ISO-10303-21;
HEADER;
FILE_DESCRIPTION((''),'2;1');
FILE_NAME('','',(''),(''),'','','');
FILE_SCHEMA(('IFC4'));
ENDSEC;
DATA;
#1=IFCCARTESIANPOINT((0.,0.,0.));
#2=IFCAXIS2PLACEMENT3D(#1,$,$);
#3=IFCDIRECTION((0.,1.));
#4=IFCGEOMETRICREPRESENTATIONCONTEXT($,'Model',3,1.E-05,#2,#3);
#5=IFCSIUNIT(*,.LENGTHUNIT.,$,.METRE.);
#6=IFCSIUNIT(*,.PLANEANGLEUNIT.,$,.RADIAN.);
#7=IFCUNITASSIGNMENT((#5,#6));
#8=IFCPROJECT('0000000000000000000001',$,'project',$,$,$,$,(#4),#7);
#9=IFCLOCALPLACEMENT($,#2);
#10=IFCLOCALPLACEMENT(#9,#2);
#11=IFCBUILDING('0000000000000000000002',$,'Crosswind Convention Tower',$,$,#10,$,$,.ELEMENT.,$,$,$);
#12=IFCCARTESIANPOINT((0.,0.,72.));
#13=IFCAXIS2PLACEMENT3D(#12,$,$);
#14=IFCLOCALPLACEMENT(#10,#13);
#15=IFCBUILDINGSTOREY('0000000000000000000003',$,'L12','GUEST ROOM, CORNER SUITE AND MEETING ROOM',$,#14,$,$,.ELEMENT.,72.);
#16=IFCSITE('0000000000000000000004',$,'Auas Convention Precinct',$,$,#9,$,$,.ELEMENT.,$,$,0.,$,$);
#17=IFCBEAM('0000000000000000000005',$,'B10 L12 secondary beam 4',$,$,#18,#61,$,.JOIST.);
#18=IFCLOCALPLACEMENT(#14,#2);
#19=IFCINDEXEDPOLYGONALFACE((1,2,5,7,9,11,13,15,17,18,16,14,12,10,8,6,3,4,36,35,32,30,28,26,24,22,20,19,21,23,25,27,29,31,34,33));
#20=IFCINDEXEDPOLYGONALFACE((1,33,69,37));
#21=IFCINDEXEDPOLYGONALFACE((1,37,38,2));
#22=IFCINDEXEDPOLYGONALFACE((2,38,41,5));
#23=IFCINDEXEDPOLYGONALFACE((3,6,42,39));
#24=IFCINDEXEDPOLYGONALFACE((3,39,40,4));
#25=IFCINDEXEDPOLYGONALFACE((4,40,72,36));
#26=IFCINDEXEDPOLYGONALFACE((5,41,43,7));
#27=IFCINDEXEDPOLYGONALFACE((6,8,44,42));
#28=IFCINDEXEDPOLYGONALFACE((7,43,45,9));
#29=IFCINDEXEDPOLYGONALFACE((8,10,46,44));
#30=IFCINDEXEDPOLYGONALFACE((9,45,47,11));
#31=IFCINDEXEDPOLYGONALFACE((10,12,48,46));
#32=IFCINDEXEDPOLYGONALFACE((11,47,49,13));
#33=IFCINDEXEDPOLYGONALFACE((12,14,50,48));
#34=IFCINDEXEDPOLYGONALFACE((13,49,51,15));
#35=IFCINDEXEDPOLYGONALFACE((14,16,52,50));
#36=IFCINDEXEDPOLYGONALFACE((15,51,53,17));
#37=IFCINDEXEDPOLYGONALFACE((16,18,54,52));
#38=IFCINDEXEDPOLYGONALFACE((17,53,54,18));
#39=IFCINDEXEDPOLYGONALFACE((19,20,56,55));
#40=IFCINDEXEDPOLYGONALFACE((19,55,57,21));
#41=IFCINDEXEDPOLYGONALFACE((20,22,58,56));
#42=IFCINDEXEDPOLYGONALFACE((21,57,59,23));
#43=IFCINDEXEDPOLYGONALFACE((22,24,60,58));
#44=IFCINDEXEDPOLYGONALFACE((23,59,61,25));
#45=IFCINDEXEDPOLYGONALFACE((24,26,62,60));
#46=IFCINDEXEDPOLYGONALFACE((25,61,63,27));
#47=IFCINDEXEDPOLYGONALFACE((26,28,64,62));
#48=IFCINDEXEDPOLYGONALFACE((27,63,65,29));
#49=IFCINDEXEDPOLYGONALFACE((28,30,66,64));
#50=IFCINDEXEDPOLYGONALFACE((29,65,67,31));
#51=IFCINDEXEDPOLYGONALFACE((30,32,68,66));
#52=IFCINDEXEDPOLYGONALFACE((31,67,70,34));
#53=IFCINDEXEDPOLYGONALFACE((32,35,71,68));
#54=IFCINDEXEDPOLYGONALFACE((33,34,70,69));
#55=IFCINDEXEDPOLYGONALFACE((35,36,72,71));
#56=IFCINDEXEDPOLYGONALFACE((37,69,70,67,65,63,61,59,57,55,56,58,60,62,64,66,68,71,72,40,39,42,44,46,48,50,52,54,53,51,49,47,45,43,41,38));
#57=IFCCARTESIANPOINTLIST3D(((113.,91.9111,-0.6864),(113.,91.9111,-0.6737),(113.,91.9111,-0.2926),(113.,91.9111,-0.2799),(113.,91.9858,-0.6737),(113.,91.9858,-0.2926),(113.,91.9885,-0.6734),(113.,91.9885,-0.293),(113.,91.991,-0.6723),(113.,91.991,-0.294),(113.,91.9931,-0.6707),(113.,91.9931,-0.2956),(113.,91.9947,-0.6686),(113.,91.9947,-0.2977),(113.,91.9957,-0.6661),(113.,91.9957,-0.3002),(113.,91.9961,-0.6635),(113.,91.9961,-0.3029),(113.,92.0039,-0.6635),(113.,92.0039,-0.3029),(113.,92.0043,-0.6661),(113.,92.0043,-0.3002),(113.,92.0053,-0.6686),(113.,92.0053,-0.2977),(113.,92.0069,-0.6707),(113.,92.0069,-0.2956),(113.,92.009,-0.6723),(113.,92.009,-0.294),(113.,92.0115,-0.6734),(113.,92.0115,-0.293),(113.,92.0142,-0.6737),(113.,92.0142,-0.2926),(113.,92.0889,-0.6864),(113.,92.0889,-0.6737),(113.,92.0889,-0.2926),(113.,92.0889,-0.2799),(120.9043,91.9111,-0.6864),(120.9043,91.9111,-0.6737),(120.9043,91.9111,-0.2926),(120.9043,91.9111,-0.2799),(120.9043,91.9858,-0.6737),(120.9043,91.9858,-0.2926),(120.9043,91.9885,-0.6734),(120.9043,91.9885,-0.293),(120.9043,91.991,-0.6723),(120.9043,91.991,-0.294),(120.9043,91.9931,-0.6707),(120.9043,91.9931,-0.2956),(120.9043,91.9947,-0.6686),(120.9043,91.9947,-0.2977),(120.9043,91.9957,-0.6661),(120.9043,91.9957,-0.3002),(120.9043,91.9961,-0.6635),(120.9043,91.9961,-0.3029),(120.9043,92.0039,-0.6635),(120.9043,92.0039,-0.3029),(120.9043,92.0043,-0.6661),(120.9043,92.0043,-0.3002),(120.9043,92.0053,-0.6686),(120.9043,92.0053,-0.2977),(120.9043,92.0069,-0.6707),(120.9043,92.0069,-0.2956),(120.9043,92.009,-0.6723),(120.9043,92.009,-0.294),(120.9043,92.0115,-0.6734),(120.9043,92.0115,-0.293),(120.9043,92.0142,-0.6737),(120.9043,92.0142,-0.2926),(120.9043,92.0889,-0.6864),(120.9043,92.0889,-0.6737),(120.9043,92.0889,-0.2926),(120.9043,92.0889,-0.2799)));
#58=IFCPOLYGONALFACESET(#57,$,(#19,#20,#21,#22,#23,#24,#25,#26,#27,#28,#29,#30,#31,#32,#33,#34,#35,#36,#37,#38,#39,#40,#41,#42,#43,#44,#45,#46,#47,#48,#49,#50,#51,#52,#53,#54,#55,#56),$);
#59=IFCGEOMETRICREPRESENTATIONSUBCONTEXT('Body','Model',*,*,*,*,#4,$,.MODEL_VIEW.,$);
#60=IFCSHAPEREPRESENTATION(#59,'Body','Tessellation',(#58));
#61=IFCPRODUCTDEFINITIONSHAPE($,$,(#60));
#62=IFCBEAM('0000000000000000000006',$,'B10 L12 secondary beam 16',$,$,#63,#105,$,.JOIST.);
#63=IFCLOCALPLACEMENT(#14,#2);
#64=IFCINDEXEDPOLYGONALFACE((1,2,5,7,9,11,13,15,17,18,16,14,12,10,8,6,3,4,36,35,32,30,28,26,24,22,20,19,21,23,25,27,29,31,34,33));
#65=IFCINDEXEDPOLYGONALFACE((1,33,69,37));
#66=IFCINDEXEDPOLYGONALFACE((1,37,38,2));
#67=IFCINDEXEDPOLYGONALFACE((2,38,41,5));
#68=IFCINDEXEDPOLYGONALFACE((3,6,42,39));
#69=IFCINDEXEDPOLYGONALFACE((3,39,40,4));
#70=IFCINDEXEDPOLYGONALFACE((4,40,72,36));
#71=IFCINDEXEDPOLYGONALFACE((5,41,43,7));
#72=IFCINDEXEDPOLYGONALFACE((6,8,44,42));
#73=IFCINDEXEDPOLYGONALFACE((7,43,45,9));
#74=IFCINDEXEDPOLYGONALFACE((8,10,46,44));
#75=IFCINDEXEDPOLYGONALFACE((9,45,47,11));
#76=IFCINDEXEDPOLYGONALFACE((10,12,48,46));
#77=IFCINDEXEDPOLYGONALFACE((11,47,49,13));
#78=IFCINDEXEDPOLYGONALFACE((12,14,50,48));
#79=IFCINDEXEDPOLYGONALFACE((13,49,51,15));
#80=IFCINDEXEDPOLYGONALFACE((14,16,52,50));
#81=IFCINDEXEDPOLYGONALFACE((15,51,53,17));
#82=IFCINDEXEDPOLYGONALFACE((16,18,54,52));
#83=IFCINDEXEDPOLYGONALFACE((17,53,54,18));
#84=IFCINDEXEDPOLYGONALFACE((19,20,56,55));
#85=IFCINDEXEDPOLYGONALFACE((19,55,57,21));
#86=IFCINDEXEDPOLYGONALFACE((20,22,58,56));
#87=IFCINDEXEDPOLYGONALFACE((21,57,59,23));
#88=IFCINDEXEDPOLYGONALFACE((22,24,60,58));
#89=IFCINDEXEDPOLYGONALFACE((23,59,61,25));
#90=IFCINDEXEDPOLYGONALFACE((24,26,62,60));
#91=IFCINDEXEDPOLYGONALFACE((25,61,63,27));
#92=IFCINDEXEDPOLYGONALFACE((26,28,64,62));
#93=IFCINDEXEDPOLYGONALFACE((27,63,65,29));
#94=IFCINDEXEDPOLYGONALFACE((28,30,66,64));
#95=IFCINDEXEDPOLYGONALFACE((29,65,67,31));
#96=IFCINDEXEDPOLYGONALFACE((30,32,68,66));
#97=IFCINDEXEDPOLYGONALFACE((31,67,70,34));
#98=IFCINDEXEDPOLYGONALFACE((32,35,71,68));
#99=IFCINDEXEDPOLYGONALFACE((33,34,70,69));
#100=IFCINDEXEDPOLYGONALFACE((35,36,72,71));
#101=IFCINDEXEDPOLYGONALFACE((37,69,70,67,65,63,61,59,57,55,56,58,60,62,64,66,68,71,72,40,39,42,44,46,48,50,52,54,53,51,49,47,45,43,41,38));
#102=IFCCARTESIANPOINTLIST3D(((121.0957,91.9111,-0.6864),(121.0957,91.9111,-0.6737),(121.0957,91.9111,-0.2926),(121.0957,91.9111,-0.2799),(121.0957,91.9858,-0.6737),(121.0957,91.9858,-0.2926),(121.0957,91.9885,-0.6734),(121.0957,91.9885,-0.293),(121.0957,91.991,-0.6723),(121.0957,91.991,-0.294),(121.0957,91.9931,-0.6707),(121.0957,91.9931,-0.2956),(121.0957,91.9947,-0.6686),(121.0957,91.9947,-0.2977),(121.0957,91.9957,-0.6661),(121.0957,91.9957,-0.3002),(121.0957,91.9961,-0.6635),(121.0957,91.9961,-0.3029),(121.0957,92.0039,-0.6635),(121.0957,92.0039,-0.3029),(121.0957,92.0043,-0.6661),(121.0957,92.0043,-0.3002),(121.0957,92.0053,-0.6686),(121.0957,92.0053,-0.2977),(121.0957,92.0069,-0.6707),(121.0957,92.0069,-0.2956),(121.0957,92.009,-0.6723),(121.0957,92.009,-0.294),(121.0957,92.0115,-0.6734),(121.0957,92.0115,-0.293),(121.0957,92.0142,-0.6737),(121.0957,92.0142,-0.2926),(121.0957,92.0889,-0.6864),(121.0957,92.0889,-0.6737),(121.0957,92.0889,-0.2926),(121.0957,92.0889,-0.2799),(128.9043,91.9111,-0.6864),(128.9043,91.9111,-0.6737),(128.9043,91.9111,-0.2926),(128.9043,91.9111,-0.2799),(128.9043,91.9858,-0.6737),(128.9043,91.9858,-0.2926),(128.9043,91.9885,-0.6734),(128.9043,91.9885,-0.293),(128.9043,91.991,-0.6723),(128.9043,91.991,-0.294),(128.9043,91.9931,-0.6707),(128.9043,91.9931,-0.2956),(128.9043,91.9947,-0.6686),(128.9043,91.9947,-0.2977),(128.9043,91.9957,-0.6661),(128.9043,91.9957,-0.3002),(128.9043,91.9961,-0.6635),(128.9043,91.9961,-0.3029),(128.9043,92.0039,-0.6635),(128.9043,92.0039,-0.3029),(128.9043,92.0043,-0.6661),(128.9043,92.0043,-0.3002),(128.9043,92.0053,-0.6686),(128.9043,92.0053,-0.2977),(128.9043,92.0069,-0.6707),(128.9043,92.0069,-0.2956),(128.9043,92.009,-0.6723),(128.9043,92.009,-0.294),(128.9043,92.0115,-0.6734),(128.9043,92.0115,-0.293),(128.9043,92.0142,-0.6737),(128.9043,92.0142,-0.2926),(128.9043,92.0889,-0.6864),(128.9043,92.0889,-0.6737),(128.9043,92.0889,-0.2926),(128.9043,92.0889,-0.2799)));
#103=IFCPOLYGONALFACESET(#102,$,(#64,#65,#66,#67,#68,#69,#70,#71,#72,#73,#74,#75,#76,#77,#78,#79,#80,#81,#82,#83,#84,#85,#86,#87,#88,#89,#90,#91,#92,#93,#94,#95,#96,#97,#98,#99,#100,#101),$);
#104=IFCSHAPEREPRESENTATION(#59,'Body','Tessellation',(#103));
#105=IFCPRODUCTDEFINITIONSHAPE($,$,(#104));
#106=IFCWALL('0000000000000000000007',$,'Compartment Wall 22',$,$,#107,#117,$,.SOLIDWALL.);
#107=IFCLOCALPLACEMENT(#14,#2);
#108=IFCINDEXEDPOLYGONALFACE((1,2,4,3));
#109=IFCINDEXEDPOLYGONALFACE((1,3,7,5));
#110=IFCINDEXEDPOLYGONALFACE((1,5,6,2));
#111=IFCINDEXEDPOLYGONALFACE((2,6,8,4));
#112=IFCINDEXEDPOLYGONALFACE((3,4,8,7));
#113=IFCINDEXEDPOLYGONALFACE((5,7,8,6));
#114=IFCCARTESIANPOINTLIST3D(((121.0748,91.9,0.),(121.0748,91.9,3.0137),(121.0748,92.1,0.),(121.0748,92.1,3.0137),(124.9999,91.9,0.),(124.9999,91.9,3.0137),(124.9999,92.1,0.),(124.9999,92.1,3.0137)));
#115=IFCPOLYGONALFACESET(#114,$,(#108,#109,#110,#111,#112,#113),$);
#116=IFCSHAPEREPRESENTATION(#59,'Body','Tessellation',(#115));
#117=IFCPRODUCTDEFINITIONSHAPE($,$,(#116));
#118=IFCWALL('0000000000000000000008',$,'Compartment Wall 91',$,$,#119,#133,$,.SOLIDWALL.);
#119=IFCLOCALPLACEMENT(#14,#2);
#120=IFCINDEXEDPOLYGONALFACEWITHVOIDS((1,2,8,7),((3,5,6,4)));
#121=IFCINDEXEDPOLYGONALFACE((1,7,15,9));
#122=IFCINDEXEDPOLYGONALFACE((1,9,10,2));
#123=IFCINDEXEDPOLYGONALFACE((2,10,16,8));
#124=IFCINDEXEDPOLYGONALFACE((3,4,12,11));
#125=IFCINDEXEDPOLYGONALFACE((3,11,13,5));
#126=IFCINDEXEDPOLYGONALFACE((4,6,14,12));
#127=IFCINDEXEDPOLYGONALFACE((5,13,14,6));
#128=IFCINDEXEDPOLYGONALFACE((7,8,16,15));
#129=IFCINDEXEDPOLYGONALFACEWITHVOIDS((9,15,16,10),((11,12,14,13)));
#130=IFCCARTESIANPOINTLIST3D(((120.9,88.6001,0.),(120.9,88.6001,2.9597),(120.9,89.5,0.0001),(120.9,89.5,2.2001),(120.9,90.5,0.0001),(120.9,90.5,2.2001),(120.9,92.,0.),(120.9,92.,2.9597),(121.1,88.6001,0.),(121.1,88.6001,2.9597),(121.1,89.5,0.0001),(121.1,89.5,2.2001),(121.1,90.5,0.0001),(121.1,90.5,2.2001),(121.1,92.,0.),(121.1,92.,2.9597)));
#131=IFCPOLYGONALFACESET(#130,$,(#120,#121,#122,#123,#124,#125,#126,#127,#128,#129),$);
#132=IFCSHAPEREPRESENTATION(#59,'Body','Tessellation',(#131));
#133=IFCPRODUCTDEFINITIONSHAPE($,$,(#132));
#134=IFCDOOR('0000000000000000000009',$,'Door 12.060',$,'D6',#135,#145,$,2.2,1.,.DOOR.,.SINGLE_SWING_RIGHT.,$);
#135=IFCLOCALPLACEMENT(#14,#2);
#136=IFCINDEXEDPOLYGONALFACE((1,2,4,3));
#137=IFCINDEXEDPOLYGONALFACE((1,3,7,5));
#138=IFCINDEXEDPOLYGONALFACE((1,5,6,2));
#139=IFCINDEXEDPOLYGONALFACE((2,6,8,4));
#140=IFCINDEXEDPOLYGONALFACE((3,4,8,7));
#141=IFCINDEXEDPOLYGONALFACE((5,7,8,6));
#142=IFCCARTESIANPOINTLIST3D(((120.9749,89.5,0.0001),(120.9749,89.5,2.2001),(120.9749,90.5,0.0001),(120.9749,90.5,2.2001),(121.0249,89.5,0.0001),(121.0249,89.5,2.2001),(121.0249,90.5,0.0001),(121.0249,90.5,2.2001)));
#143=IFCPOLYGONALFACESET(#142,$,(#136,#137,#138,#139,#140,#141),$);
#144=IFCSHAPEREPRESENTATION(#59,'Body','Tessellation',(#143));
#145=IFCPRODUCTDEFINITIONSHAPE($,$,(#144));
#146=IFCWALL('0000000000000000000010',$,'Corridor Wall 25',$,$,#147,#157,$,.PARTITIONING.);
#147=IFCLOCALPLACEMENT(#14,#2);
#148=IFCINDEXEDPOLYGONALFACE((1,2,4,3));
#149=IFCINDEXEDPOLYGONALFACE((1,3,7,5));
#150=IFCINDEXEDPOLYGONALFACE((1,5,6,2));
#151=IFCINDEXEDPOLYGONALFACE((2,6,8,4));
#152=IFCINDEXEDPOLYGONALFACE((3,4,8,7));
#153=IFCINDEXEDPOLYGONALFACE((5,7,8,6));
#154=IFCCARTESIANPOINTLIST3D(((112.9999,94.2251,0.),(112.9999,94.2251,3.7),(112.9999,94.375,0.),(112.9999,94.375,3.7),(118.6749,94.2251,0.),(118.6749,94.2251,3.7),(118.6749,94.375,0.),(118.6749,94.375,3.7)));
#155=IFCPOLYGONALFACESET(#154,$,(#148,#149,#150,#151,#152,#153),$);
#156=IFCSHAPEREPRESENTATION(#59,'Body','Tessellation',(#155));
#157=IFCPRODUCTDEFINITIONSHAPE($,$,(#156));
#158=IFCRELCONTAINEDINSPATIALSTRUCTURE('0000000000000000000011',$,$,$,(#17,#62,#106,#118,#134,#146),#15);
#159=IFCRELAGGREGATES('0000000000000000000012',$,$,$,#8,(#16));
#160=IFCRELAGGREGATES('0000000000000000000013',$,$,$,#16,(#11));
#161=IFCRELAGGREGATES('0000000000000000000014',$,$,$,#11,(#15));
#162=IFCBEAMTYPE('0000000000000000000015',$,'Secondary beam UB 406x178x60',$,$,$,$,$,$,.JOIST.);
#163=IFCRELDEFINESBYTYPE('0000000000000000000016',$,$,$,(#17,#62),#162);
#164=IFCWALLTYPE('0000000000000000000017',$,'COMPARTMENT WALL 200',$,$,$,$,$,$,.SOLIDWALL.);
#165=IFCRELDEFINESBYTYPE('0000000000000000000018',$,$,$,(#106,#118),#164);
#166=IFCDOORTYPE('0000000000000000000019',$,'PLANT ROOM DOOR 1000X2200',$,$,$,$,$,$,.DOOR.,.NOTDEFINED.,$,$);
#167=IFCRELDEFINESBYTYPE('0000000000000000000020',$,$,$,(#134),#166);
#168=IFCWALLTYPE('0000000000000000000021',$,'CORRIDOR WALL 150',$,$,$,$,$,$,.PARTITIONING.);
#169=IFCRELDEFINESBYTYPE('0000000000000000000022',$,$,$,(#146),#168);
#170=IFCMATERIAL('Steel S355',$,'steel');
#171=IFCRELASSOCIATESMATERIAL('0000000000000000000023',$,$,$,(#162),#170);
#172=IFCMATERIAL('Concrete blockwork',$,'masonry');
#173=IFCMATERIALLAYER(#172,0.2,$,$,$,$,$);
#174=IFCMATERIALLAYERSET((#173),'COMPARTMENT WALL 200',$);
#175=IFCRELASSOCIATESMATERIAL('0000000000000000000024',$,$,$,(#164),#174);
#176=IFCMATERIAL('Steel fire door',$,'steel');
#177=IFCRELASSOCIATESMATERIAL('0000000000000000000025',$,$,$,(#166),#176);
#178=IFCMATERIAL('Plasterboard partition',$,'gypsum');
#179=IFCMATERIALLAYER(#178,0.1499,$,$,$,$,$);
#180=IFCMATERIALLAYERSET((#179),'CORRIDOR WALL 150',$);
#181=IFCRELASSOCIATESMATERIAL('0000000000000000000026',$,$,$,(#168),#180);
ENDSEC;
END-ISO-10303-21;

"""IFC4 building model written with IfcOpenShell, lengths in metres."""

from ifc_helpers import new_model, si_unit, direction, frame, frame_2d, origin, origin_2d, place, context, subcontext, project, spatial, rectangle, i_section, extrude, material, layer, layer_set, material_profile, profile_set, type_object, element, fill, save


model = new_model("IFC4")

# Units and contexts
model_context = context("Model", 3, precision=1e-05, world=origin(), true_north=direction((0.0, 1.0)))
body_context = subcontext(model_context, "Body", "Model", "MODEL_VIEW")
ifc_project = project(units=[si_unit("LENGTHUNIT", "METRE"), si_unit("PLANEANGLEUNIT", "RADIAN")], contexts=[model_context])

# Site, building, storey
site_placement = place(None, origin())
site = spatial("IfcSite", under=ifc_project, at=site_placement, Name="Auas Convention Precinct", CompositionType="ELEMENT", RefElevation=0.0)
building_placement = place(site_placement, origin())
building = spatial("IfcBuilding", under=site, at=building_placement, Name="Crosswind Convention Tower", CompositionType="ELEMENT")
storey_placement = place(building_placement, frame((0.0, 0.0, 72.0)))
storey = spatial("IfcBuildingStorey", under=building, at=storey_placement, Name="L12", Description="GUEST ROOM, CORNER SUITE AND MEETING ROOM", CompositionType="ELEMENT", Elevation=72.0)

# Beams
ifc_material_1 = material(Name="Steel S355", Category="steel")
ifc_material_profile_1 = material_profile(ifc_material_1, i_section(OverallWidth=0.1777, OverallDepth=0.4065, WebThickness=0.0078, FlangeThickness=0.0127, FilletRadius=0.0103, at=origin_2d()), Name="UB 406x178x60")
ifc_profile_set_1 = profile_set([ifc_material_profile_1], Name="Steel S355")
beam_type_1 = type_object("IfcBeamType", Name="Secondary beam UB 406x178x60", PredefinedType="JOIST", material=ifc_profile_set_1)
beam_1_placement = place(storey_placement, frame((113.0, 92.0, -0.4832), z_axis=(1.0, 0.0, 0.0), x_axis=(0.0, 1.0, 0.0)))
element("IfcBeam", 1, at=beam_1_placement, inside=storey, type_object=beam_type_1, Name="B10 L12 secondary beam 4", PredefinedType="JOIST", context=body_context, shape_type="SweptSolid", body=[
    extrude(i_section(OverallWidth=0.1777, OverallDepth=0.4065, WebThickness=0.0078, FlangeThickness=0.0127, FilletRadius=0.0103, at=origin_2d()), origin(), (0.0, 0.0, 1.0), 7.9043),
])
beam_2_placement = place(storey_placement, frame((121.0957, 92.0, -0.4832), z_axis=(1.0, 0.0, 0.0), x_axis=(0.0, 1.0, 0.0)))
element("IfcBeam", 2, at=beam_2_placement, inside=storey, type_object=beam_type_1, Name="B10 L12 secondary beam 16", PredefinedType="JOIST", context=body_context, shape_type="SweptSolid", body=[
    extrude(i_section(OverallWidth=0.1777, OverallDepth=0.4065, WebThickness=0.0078, FlangeThickness=0.0127, FilletRadius=0.0103, at=origin_2d()), origin(), (0.0, 0.0, 1.0), 7.8086),
])

# Wall
ifc_material_2 = material(Name="Concrete blockwork", Category="masonry")
ifc_layer_1 = layer(ifc_material_2, 0.2)
ifc_layer_set_1 = layer_set([ifc_layer_1], Name="COMPARTMENT WALL 200")
wall_type_1 = type_object("IfcWallType", Name="COMPARTMENT WALL 200", PredefinedType="SOLIDWALL", material=ifc_layer_set_1)
wall_1_placement = place(storey_placement, frame((121.075, 92.0, 0.0), z_axis=(0.0, 0.0, 1.0), x_axis=(1.0, 0.0, 0.0)))
element("IfcWall", 3, at=wall_1_placement, inside=storey, type_object=wall_type_1, Name="Compartment Wall 22", PredefinedType="SOLIDWALL", context=body_context, shape_type="SweptSolid", body=[
    extrude(rectangle(XDim=3.925, YDim=0.2, at=frame_2d((1.9624, 0.0))), origin(), (0.0, 0.0, 1.0), 3.0137),
])

# Wall, opening, door
wall_2_placement = place(storey_placement, frame((121.0, 88.6001, 0.0), z_axis=(0.0, 0.0, 1.0), x_axis=(0.0, 1.0, 0.0)))
wall_2 = element("IfcWall", 4, at=wall_2_placement, inside=storey, type_object=wall_type_1, Name="Compartment Wall 91", PredefinedType="SOLIDWALL", context=body_context, shape_type="SweptSolid", body=[
    extrude(rectangle(XDim=3.3999, YDim=0.2, at=frame_2d((1.7, 0.0))), origin(), (0.0, 0.0, 1.0), 2.9597),
])
opening_1_placement = place(wall_2_placement, frame((0.8999, 0.0, 0.0)))
opening_1 = element("IfcOpeningElement", 5, at=opening_1_placement, cuts=wall_2, PredefinedType="OPENING", context=body_context, shape_type="SweptSolid", body=[
    extrude(rectangle(XDim=1.0, YDim=2.2, at=frame_2d((0.5, 1.1001))), frame((0.0, 0.1099, 0.0), z_axis=(0.0, -1.0, 0.0), x_axis=(1.0, 0.0, 0.0)), (0.0, 0.0, 1.0), 0.22),
])
ifc_material_3 = material(Name="Steel fire door", Category="steel")
door_type_1 = type_object("IfcDoorType", Name="PLANT ROOM DOOR 1000X2200", OperationType="NOTDEFINED", PredefinedType="DOOR", material=ifc_material_3)
door_1_placement = place(opening_1_placement, frame((1.0, 0.0, 0.0), z_axis=(0.0, 0.0, 1.0), x_axis=(-1.0, 0.0, 0.0)))
door_1 = element("IfcDoor", 6, at=door_1_placement, inside=storey, type_object=door_type_1, Name="Door 12.060", ObjectType="D6", OperationType="SINGLE_SWING_RIGHT", OverallHeight=2.2, OverallWidth=1.0, PredefinedType="DOOR", context=body_context, shape_type="SweptSolid", body=[
    extrude(rectangle(XDim=1.0, YDim=2.2, at=frame_2d((0.5, 1.1001))), frame((0.0, 0.0249, 0.0), z_axis=(0.0, -1.0, 0.0), x_axis=(1.0, 0.0, 0.0)), (0.0, 0.0, 1.0), 0.05),
])
fill(opening_1, door_1)

# Wall
ifc_material_4 = material(Name="Plasterboard partition", Category="gypsum")
ifc_layer_2 = layer(ifc_material_4, 0.1499)
ifc_layer_set_2 = layer_set([ifc_layer_2], Name="CORRIDOR WALL 150")
wall_type_2 = type_object("IfcWallType", Name="CORRIDOR WALL 150", PredefinedType="PARTITIONING", material=ifc_layer_set_2)
wall_3_placement = place(storey_placement, frame((113.0, 94.3, 0.0), z_axis=(0.0, 0.0, 1.0), x_axis=(1.0, 0.0, 0.0)))
element("IfcWall", 7, at=wall_3_placement, inside=storey, type_object=wall_type_2, Name="Corridor Wall 25", PredefinedType="PARTITIONING", context=body_context, shape_type="SweptSolid", body=[
    extrude(rectangle(XDim=5.675, YDim=0.1499, at=frame_2d((2.8374, 0.0))), origin(), (0.0, 0.0, 1.0), 3.7),
])

save(model, "model.ifc")
